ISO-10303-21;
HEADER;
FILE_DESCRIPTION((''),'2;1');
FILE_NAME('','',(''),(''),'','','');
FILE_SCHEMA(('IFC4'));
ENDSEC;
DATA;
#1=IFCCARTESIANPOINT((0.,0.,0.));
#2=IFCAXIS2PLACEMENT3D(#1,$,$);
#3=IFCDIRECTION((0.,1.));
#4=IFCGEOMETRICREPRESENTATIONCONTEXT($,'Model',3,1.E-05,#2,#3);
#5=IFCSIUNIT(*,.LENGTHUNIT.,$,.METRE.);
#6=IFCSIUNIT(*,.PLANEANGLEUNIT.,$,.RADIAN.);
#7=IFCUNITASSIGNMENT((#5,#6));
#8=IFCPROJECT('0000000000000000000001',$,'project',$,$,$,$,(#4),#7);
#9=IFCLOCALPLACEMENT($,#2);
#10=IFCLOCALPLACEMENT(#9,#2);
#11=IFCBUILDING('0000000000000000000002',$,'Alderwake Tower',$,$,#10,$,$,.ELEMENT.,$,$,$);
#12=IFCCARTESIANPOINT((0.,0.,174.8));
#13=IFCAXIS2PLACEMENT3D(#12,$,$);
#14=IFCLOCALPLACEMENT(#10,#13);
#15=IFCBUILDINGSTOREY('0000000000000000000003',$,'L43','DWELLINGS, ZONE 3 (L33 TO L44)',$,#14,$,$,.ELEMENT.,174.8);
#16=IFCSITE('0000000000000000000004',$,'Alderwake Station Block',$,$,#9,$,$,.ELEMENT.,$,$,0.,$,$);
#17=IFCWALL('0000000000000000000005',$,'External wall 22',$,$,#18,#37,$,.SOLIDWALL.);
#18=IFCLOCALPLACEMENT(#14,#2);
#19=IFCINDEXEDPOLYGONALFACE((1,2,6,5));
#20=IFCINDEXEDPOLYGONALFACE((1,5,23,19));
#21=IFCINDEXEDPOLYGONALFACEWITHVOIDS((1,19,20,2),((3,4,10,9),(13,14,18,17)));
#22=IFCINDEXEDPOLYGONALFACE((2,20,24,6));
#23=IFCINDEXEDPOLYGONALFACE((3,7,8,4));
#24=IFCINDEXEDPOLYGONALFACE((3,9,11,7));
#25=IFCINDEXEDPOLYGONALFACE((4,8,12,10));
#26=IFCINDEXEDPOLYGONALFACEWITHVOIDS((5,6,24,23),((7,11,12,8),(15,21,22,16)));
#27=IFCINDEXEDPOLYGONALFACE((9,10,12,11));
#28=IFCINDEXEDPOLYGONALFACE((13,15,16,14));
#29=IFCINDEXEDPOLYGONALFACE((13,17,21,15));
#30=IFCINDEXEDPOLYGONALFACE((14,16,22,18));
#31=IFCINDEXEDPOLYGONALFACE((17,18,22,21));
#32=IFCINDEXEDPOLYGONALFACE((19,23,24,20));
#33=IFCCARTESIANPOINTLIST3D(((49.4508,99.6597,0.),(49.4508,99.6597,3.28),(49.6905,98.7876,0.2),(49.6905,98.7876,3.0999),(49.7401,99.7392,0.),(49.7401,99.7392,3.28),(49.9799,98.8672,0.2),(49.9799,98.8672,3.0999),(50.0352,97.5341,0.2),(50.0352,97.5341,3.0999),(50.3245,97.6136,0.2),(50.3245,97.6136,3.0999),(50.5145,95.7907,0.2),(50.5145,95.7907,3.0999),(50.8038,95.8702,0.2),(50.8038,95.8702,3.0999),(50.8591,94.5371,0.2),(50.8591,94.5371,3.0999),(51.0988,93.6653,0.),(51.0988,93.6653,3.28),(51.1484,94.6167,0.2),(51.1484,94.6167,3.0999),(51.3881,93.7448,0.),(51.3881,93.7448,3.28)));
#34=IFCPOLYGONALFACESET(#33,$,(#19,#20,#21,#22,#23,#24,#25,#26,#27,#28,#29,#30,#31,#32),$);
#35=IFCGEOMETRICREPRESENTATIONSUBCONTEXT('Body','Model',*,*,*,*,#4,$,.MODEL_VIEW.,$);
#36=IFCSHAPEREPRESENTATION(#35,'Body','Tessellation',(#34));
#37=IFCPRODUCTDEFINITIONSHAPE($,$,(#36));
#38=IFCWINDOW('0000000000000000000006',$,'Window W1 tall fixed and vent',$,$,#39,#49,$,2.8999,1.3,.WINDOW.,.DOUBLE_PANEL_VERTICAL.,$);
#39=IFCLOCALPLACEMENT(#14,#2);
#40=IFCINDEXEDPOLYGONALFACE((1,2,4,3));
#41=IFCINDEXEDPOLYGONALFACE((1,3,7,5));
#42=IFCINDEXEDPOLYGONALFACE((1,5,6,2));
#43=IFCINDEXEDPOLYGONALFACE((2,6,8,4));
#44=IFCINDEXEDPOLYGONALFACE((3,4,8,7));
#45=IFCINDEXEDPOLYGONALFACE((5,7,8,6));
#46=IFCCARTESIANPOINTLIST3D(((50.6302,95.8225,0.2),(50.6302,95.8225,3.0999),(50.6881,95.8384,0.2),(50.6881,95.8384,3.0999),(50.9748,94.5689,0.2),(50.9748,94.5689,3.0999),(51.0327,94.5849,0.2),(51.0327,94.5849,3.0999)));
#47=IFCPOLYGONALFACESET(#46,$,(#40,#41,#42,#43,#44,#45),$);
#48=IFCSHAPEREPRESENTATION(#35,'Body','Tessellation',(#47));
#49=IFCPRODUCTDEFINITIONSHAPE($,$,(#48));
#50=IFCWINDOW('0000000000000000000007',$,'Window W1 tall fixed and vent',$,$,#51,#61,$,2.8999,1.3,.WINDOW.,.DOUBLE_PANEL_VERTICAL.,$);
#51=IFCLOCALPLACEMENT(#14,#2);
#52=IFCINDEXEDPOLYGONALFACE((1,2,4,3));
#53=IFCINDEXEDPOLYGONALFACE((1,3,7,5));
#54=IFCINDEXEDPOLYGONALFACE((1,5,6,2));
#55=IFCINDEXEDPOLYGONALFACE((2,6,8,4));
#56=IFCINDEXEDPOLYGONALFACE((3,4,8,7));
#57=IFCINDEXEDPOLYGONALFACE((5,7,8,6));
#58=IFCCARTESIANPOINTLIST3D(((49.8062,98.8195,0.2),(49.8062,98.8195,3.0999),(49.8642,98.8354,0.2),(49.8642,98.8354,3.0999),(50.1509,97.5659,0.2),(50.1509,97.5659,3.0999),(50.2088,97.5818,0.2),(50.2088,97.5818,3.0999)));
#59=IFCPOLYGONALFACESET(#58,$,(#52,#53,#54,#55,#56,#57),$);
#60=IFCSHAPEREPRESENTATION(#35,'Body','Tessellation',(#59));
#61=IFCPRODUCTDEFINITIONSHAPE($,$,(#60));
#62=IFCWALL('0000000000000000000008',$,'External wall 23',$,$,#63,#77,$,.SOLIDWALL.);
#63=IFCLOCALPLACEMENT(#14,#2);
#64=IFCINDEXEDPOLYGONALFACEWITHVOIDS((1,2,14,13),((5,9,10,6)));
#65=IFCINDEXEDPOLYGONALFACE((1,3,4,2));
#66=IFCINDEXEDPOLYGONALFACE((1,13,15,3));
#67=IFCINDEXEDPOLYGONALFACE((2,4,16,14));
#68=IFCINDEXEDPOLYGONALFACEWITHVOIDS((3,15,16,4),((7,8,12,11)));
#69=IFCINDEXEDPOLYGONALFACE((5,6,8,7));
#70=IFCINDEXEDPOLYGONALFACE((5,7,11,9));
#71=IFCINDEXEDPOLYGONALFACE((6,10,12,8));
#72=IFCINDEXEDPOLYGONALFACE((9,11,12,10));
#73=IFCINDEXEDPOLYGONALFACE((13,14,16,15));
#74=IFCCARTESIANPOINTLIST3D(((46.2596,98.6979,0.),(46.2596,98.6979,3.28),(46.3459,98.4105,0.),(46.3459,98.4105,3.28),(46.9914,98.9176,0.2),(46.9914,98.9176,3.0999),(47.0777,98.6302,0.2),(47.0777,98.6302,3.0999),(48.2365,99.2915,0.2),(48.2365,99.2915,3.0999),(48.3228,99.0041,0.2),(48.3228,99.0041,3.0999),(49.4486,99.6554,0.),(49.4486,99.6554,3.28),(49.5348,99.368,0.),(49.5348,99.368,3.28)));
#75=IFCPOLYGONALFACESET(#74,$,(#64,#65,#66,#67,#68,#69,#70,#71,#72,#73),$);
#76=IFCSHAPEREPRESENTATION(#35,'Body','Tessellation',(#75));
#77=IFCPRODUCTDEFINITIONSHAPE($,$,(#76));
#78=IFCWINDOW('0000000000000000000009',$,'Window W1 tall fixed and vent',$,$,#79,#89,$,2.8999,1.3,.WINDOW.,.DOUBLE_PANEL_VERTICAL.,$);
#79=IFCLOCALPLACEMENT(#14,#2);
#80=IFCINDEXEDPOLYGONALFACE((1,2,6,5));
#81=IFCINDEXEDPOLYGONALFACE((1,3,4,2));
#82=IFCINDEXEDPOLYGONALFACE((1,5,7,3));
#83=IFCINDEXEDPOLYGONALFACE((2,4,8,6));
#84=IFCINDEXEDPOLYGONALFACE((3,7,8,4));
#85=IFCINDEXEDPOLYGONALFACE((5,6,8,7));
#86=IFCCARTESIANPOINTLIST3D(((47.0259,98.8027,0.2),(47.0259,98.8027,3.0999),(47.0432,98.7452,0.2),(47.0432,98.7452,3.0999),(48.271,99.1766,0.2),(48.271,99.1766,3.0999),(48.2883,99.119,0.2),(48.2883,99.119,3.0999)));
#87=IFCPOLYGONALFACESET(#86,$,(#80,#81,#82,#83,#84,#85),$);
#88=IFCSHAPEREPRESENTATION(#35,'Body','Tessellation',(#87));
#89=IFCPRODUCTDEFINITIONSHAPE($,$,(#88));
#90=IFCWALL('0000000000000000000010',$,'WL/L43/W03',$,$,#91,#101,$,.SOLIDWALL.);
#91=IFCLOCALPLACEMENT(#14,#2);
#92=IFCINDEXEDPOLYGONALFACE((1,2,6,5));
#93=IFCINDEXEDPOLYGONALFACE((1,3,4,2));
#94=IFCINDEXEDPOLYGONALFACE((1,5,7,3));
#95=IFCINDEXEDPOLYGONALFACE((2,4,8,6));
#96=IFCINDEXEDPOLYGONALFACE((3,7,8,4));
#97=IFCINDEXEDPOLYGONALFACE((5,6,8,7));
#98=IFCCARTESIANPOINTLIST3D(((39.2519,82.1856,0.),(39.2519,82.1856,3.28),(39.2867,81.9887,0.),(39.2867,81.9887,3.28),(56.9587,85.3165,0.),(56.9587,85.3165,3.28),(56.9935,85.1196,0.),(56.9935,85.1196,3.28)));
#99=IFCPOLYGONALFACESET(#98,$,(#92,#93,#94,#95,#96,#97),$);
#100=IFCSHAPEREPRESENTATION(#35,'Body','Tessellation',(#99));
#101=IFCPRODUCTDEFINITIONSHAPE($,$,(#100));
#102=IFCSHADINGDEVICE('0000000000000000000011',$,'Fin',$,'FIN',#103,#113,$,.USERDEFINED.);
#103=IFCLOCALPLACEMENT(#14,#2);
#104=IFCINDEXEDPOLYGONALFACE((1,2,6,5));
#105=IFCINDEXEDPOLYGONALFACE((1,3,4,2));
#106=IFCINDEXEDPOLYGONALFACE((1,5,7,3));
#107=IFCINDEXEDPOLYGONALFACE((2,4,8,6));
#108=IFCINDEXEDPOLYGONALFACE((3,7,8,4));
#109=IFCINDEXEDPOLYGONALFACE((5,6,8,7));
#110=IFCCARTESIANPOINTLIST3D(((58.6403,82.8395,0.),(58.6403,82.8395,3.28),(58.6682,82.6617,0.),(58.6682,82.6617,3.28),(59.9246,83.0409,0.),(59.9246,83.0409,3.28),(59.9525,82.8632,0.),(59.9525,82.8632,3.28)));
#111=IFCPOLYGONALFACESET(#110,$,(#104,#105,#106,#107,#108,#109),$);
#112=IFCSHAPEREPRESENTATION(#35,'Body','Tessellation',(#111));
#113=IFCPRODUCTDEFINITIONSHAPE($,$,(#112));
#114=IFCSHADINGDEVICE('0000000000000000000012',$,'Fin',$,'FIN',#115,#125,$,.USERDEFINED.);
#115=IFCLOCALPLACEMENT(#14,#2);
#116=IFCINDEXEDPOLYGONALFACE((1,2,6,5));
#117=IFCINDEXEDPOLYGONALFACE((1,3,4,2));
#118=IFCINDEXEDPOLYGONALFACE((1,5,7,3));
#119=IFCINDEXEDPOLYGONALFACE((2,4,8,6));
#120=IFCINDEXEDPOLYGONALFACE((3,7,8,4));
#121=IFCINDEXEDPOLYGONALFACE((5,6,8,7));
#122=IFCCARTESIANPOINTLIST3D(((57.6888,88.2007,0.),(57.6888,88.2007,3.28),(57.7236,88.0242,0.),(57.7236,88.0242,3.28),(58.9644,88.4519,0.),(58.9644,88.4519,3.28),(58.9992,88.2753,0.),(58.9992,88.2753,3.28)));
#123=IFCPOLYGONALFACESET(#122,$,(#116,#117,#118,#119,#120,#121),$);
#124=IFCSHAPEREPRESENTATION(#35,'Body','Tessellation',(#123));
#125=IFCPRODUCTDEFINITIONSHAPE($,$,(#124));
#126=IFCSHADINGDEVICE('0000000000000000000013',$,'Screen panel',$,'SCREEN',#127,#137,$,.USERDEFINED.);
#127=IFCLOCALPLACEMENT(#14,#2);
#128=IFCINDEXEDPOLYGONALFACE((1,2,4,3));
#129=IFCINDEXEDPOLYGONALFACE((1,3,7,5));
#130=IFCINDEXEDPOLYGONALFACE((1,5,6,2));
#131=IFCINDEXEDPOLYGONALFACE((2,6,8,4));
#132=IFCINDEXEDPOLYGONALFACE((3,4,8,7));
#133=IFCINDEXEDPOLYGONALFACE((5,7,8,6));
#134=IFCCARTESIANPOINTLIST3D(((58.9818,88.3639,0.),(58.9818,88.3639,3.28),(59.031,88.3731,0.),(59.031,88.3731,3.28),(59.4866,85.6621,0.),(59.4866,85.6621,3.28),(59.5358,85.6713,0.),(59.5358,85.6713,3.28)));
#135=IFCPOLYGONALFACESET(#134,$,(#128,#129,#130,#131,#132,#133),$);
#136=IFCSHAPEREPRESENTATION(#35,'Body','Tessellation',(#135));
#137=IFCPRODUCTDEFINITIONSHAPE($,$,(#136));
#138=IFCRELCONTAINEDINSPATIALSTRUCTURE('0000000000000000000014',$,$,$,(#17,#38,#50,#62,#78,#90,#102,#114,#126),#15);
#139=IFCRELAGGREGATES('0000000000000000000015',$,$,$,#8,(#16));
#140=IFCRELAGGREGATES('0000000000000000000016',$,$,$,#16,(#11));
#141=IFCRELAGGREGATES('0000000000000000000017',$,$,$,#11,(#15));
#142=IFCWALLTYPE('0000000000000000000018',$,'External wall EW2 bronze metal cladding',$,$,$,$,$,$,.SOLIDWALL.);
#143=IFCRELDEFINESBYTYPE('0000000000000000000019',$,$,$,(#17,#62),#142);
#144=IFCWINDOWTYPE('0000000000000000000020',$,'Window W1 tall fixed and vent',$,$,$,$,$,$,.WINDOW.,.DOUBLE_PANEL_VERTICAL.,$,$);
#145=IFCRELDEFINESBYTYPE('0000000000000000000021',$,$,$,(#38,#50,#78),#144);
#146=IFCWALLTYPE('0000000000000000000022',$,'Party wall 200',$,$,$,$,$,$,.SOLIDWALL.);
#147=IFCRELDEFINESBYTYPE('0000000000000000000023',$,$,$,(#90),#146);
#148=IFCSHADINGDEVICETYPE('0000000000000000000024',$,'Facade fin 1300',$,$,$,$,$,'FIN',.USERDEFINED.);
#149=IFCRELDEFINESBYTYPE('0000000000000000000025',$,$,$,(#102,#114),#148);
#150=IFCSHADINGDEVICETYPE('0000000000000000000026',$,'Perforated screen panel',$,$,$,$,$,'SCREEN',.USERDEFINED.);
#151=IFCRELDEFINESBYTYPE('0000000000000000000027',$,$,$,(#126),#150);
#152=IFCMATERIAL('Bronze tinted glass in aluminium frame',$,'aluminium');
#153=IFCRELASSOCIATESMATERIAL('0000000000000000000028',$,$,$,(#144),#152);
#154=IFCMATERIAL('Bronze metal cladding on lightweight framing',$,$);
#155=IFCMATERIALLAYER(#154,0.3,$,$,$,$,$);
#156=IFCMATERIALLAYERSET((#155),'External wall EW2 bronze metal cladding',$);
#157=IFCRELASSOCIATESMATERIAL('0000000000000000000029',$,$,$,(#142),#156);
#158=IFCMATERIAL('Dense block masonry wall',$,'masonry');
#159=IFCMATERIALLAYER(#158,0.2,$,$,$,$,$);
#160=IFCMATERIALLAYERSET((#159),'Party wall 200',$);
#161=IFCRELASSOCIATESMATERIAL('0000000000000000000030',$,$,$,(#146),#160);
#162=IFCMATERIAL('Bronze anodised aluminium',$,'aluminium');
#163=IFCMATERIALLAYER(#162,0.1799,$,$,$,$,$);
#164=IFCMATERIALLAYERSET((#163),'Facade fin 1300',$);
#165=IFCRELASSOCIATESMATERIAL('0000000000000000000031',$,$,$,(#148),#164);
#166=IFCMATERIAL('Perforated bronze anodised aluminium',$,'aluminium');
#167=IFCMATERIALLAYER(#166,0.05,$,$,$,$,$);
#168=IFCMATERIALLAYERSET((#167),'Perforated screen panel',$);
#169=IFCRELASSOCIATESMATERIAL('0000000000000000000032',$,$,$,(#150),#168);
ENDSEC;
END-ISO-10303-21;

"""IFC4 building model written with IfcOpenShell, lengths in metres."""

from ifc_helpers import new_model, si_unit, direction, frame, frame_2d, origin, origin_2d, place, context, subcontext, project, spatial, rectangle, extrude, material, layer, layer_set, type_object, element, fill, save


model = new_model("IFC4")

# Units and contexts
model_context = context("Model", 3, precision=1e-05, world=origin(), true_north=direction((0.0, 1.0)))
body_context = subcontext(model_context, "Body", "Model", "MODEL_VIEW")
ifc_project = project(units=[si_unit("LENGTHUNIT", "METRE"), si_unit("PLANEANGLEUNIT", "RADIAN")], contexts=[model_context])

# Site, building, storey
site_placement = place(None, origin())
site = spatial("IfcSite", under=ifc_project, at=site_placement, Name="Alderwake Station Block", CompositionType="ELEMENT", RefElevation=0.0)
building_placement = place(site_placement, origin())
building = spatial("IfcBuilding", under=site, at=building_placement, Name="Alderwake Tower", CompositionType="ELEMENT")
storey_placement = place(building_placement, frame((0.0, 0.0, 174.8)))
storey = spatial("IfcBuildingStorey", under=building, at=storey_placement, Name="L43", Description="DWELLINGS, ZONE 3 (L33 TO L44)", CompositionType="ELEMENT", Elevation=174.8)

# Shared definitions
ifc_material_1 = material(Name="Bronze tinted glass in aluminium frame", Category="aluminium")
window_type = type_object("IfcWindowType", Name="Window W1 tall fixed and vent", PartitioningType="DOUBLE_PANEL_VERTICAL", PredefinedType="WINDOW", material=ifc_material_1)

# Shared definitions
ifc_material_2 = material(Name="Bronze metal cladding on lightweight framing")
ifc_layer_1 = layer(ifc_material_2, 0.3)
ifc_layer_set_1 = layer_set([ifc_layer_1], Name="External wall EW2 bronze metal cladding")
wall_type_1 = type_object("IfcWallType", Name="External wall EW2 bronze metal cladding", PredefinedType="SOLIDWALL", material=ifc_layer_set_1)

# Wall, openings, windows
wall_1_placement = place(storey_placement, frame((51.2434, 93.7051, 0.0), z_axis=(0.0, 0.0, 1.0), x_axis=(-0.265081, 0.964226, 0.0)))
wall_1 = element("IfcWall", 1, at=wall_1_placement, inside=storey, type_object=wall_type_1, Name="External wall 22", PredefinedType="SOLIDWALL", context=body_context, shape_type="SweptSolid", body=[
    extrude(rectangle(XDim=6.2168, YDim=0.3, at=frame_2d((3.1084, 0.0))), origin(), (0.0, 0.0, 1.0), 3.28),
])
opening_1_placement = place(wall_1_placement, frame((0.9043, 0.0, 0.2)))
opening_1 = element("IfcOpeningElement", 2, at=opening_1_placement, cuts=wall_1, PredefinedType="OPENING", context=body_context, shape_type="SweptSolid", body=[
    extrude(rectangle(XDim=1.3, YDim=2.8999, at=frame_2d((0.6499, 1.45))), frame((0.0, 0.1599, 0.0), z_axis=(0.0, -1.0, 0.0), x_axis=(1.0, 0.0, 0.0)), (0.0, 0.0, 1.0), 0.3201),
])
opening_2_placement = place(wall_1_placement, frame((4.0125, 0.0, 0.2)))
opening_2 = element("IfcOpeningElement", 3, at=opening_2_placement, cuts=wall_1, PredefinedType="OPENING", context=body_context, shape_type="SweptSolid", body=[
    extrude(rectangle(XDim=1.3, YDim=2.8999, at=frame_2d((0.6499, 1.45))), frame((0.0, 0.1599, 0.0), z_axis=(0.0, -1.0, 0.0), x_axis=(1.0, 0.0, 0.0)), (0.0, 0.0, 1.0), 0.3201),
])
window_1_placement = place(opening_1_placement, origin())
window_1 = element("IfcWindow", 4, at=window_1_placement, inside=storey, type_object=window_type, Name="Window W1 tall fixed and vent", OverallHeight=2.8999, OverallWidth=1.3, PartitioningType="DOUBLE_PANEL_VERTICAL", PredefinedType="WINDOW", context=body_context, shape_type="SweptSolid", body=[
    extrude(rectangle(XDim=1.3, YDim=2.8999, at=frame_2d((0.6499, 1.45))), frame((0.0, 0.03, 0.0), z_axis=(0.0, -1.0, 0.0), x_axis=(1.0, 0.0, 0.0)), (0.0, 0.0, 1.0), 0.0601),
])
fill(opening_1, window_1)
window_2_placement = place(opening_2_placement, origin())
window_2 = element("IfcWindow", 5, at=window_2_placement, inside=storey, type_object=window_type, Name="Window W1 tall fixed and vent", OverallHeight=2.8999, OverallWidth=1.3, PartitioningType="DOUBLE_PANEL_VERTICAL", PredefinedType="WINDOW", context=body_context, shape_type="SweptSolid", body=[
    extrude(rectangle(XDim=1.3, YDim=2.8999, at=frame_2d((0.6499, 1.45))), frame((0.0, 0.03, 0.0), z_axis=(0.0, -1.0, 0.0), x_axis=(1.0, 0.0, 0.0)), (0.0, 0.0, 1.0), 0.0601),
])
fill(opening_2, window_2)

# Wall, opening, window
wall_2_placement = place(storey_placement, frame((49.4917, 99.5117, 0.0), z_axis=(0.0, 0.0, 1.0), x_axis=(-0.957758, -0.287577, 0.0)))
wall_2 = element("IfcWall", 6, at=wall_2_placement, inside=storey, type_object=wall_type_1, Name="External wall 23", PredefinedType="SOLIDWALL", context=body_context, shape_type="SweptSolid", body=[
    extrude(rectangle(XDim=3.3296, YDim=0.3, at=frame_2d((1.6648, 0.0))), origin(), (0.0, 0.0, 1.0), 3.28),
])
opening_3_placement = place(wall_2_placement, frame((1.2656, 0.0, 0.2)))
opening_3 = element("IfcOpeningElement", 7, at=opening_3_placement, cuts=wall_2, PredefinedType="OPENING", context=body_context, shape_type="SweptSolid", body=[
    extrude(rectangle(XDim=1.3, YDim=2.8999, at=frame_2d((0.6499, 1.45))), frame((0.0, 0.1599, 0.0), z_axis=(0.0, -1.0, 0.0), x_axis=(1.0, 0.0, 0.0)), (0.0, 0.0, 1.0), 0.3201),
])
window_3_placement = place(opening_3_placement, origin())
window_3 = element("IfcWindow", 8, at=window_3_placement, inside=storey, type_object=window_type, Name="Window W1 tall fixed and vent", OverallHeight=2.8999, OverallWidth=1.3, PartitioningType="DOUBLE_PANEL_VERTICAL", PredefinedType="WINDOW", context=body_context, shape_type="SweptSolid", body=[
    extrude(rectangle(XDim=1.3, YDim=2.8999, at=frame_2d((0.6499, 1.45))), frame((0.0, 0.03, 0.0), z_axis=(0.0, -1.0, 0.0), x_axis=(1.0, 0.0, 0.0)), (0.0, 0.0, 1.0), 0.0601),
])
fill(opening_3, window_3)

# Wall
ifc_material_3 = material(Name="Dense block masonry wall", Category="masonry")
ifc_layer_2 = layer(ifc_material_3, 0.2)
ifc_layer_set_2 = layer_set([ifc_layer_2], Name="Party wall 200")
wall_type_2 = type_object("IfcWallType", Name="Party wall 200", PredefinedType="SOLIDWALL", material=ifc_layer_set_2)
wall_3_placement = place(storey_placement, frame((56.9761, 85.218, 0.0), z_axis=(0.0, 0.0, 1.0), x_axis=(-0.984725, -0.174116, 0.0)))
element("IfcWall", 9, at=wall_3_placement, inside=storey, type_object=wall_type_2, Name="WL/L43/W03", PredefinedType="SOLIDWALL", context=body_context, shape_type="SweptSolid", body=[
    extrude(rectangle(XDim=17.9814, YDim=0.2, at=frame_2d((8.9907, 0.0))), origin(), (0.0, 0.0, 1.0), 3.28),
])

# Shading devices
ifc_material_4 = material(Name="Bronze anodised aluminium", Category="aluminium")
ifc_layer_3 = layer(ifc_material_4, 0.1799)
ifc_layer_set_3 = layer_set([ifc_layer_3], Name="Facade fin 1300")
shading_device_type_1 = type_object("IfcShadingDeviceType", Name="Facade fin 1300", ElementType="FIN", PredefinedType="USERDEFINED", material=ifc_layer_set_3)
for number, where, z_axis, x_axis, name in (
    (10, (59.2964, 82.8513, 0.0), (0.0, 0.0, 1.0), (0.987919, 0.154972, 0.0), "Fin"),
    (11, (58.344, 88.238, 0.0), (0.0, 0.0, 1.0), (0.981164, 0.193178, 0.0), "Fin"),
):
    element("IfcShadingDevice", number, at=place(storey_placement, frame(where, z_axis=z_axis, x_axis=x_axis)), inside=storey, type_object=shading_device_type_1, Name=name, ObjectType="FIN", PredefinedType="USERDEFINED", context=body_context, shape_type="SweptSolid", body=[
        extrude(rectangle(XDim=1.3, YDim=0.1799, at=origin_2d()), origin(), (0.0, 0.0, 1.0), 3.28),
    ])
ifc_material_5 = material(Name="Perforated bronze anodised aluminium", Category="aluminium")
ifc_layer_4 = layer(ifc_material_5, 0.05)
ifc_layer_set_4 = layer_set([ifc_layer_4], Name="Perforated screen panel")
shading_device_type_2 = type_object("IfcShadingDeviceType", Name="Perforated screen panel", ElementType="SCREEN", PredefinedType="USERDEFINED", material=ifc_layer_set_4)
shading_device_placement = place(storey_placement, frame((59.2588, 87.0176, 0.0), z_axis=(0.0, 0.0, 1.0), x_axis=(0.982991, 0.183651, 0.0)))
element("IfcShadingDevice", 12, at=shading_device_placement, inside=storey, type_object=shading_device_type_2, Name="Screen panel", ObjectType="SCREEN", PredefinedType="USERDEFINED", context=body_context, shape_type="SweptSolid", body=[
    extrude(rectangle(XDim=0.05, YDim=2.7485, at=origin_2d()), origin(), (0.0, 0.0, 1.0), 3.28),
])

save(model, "model.ifc")
